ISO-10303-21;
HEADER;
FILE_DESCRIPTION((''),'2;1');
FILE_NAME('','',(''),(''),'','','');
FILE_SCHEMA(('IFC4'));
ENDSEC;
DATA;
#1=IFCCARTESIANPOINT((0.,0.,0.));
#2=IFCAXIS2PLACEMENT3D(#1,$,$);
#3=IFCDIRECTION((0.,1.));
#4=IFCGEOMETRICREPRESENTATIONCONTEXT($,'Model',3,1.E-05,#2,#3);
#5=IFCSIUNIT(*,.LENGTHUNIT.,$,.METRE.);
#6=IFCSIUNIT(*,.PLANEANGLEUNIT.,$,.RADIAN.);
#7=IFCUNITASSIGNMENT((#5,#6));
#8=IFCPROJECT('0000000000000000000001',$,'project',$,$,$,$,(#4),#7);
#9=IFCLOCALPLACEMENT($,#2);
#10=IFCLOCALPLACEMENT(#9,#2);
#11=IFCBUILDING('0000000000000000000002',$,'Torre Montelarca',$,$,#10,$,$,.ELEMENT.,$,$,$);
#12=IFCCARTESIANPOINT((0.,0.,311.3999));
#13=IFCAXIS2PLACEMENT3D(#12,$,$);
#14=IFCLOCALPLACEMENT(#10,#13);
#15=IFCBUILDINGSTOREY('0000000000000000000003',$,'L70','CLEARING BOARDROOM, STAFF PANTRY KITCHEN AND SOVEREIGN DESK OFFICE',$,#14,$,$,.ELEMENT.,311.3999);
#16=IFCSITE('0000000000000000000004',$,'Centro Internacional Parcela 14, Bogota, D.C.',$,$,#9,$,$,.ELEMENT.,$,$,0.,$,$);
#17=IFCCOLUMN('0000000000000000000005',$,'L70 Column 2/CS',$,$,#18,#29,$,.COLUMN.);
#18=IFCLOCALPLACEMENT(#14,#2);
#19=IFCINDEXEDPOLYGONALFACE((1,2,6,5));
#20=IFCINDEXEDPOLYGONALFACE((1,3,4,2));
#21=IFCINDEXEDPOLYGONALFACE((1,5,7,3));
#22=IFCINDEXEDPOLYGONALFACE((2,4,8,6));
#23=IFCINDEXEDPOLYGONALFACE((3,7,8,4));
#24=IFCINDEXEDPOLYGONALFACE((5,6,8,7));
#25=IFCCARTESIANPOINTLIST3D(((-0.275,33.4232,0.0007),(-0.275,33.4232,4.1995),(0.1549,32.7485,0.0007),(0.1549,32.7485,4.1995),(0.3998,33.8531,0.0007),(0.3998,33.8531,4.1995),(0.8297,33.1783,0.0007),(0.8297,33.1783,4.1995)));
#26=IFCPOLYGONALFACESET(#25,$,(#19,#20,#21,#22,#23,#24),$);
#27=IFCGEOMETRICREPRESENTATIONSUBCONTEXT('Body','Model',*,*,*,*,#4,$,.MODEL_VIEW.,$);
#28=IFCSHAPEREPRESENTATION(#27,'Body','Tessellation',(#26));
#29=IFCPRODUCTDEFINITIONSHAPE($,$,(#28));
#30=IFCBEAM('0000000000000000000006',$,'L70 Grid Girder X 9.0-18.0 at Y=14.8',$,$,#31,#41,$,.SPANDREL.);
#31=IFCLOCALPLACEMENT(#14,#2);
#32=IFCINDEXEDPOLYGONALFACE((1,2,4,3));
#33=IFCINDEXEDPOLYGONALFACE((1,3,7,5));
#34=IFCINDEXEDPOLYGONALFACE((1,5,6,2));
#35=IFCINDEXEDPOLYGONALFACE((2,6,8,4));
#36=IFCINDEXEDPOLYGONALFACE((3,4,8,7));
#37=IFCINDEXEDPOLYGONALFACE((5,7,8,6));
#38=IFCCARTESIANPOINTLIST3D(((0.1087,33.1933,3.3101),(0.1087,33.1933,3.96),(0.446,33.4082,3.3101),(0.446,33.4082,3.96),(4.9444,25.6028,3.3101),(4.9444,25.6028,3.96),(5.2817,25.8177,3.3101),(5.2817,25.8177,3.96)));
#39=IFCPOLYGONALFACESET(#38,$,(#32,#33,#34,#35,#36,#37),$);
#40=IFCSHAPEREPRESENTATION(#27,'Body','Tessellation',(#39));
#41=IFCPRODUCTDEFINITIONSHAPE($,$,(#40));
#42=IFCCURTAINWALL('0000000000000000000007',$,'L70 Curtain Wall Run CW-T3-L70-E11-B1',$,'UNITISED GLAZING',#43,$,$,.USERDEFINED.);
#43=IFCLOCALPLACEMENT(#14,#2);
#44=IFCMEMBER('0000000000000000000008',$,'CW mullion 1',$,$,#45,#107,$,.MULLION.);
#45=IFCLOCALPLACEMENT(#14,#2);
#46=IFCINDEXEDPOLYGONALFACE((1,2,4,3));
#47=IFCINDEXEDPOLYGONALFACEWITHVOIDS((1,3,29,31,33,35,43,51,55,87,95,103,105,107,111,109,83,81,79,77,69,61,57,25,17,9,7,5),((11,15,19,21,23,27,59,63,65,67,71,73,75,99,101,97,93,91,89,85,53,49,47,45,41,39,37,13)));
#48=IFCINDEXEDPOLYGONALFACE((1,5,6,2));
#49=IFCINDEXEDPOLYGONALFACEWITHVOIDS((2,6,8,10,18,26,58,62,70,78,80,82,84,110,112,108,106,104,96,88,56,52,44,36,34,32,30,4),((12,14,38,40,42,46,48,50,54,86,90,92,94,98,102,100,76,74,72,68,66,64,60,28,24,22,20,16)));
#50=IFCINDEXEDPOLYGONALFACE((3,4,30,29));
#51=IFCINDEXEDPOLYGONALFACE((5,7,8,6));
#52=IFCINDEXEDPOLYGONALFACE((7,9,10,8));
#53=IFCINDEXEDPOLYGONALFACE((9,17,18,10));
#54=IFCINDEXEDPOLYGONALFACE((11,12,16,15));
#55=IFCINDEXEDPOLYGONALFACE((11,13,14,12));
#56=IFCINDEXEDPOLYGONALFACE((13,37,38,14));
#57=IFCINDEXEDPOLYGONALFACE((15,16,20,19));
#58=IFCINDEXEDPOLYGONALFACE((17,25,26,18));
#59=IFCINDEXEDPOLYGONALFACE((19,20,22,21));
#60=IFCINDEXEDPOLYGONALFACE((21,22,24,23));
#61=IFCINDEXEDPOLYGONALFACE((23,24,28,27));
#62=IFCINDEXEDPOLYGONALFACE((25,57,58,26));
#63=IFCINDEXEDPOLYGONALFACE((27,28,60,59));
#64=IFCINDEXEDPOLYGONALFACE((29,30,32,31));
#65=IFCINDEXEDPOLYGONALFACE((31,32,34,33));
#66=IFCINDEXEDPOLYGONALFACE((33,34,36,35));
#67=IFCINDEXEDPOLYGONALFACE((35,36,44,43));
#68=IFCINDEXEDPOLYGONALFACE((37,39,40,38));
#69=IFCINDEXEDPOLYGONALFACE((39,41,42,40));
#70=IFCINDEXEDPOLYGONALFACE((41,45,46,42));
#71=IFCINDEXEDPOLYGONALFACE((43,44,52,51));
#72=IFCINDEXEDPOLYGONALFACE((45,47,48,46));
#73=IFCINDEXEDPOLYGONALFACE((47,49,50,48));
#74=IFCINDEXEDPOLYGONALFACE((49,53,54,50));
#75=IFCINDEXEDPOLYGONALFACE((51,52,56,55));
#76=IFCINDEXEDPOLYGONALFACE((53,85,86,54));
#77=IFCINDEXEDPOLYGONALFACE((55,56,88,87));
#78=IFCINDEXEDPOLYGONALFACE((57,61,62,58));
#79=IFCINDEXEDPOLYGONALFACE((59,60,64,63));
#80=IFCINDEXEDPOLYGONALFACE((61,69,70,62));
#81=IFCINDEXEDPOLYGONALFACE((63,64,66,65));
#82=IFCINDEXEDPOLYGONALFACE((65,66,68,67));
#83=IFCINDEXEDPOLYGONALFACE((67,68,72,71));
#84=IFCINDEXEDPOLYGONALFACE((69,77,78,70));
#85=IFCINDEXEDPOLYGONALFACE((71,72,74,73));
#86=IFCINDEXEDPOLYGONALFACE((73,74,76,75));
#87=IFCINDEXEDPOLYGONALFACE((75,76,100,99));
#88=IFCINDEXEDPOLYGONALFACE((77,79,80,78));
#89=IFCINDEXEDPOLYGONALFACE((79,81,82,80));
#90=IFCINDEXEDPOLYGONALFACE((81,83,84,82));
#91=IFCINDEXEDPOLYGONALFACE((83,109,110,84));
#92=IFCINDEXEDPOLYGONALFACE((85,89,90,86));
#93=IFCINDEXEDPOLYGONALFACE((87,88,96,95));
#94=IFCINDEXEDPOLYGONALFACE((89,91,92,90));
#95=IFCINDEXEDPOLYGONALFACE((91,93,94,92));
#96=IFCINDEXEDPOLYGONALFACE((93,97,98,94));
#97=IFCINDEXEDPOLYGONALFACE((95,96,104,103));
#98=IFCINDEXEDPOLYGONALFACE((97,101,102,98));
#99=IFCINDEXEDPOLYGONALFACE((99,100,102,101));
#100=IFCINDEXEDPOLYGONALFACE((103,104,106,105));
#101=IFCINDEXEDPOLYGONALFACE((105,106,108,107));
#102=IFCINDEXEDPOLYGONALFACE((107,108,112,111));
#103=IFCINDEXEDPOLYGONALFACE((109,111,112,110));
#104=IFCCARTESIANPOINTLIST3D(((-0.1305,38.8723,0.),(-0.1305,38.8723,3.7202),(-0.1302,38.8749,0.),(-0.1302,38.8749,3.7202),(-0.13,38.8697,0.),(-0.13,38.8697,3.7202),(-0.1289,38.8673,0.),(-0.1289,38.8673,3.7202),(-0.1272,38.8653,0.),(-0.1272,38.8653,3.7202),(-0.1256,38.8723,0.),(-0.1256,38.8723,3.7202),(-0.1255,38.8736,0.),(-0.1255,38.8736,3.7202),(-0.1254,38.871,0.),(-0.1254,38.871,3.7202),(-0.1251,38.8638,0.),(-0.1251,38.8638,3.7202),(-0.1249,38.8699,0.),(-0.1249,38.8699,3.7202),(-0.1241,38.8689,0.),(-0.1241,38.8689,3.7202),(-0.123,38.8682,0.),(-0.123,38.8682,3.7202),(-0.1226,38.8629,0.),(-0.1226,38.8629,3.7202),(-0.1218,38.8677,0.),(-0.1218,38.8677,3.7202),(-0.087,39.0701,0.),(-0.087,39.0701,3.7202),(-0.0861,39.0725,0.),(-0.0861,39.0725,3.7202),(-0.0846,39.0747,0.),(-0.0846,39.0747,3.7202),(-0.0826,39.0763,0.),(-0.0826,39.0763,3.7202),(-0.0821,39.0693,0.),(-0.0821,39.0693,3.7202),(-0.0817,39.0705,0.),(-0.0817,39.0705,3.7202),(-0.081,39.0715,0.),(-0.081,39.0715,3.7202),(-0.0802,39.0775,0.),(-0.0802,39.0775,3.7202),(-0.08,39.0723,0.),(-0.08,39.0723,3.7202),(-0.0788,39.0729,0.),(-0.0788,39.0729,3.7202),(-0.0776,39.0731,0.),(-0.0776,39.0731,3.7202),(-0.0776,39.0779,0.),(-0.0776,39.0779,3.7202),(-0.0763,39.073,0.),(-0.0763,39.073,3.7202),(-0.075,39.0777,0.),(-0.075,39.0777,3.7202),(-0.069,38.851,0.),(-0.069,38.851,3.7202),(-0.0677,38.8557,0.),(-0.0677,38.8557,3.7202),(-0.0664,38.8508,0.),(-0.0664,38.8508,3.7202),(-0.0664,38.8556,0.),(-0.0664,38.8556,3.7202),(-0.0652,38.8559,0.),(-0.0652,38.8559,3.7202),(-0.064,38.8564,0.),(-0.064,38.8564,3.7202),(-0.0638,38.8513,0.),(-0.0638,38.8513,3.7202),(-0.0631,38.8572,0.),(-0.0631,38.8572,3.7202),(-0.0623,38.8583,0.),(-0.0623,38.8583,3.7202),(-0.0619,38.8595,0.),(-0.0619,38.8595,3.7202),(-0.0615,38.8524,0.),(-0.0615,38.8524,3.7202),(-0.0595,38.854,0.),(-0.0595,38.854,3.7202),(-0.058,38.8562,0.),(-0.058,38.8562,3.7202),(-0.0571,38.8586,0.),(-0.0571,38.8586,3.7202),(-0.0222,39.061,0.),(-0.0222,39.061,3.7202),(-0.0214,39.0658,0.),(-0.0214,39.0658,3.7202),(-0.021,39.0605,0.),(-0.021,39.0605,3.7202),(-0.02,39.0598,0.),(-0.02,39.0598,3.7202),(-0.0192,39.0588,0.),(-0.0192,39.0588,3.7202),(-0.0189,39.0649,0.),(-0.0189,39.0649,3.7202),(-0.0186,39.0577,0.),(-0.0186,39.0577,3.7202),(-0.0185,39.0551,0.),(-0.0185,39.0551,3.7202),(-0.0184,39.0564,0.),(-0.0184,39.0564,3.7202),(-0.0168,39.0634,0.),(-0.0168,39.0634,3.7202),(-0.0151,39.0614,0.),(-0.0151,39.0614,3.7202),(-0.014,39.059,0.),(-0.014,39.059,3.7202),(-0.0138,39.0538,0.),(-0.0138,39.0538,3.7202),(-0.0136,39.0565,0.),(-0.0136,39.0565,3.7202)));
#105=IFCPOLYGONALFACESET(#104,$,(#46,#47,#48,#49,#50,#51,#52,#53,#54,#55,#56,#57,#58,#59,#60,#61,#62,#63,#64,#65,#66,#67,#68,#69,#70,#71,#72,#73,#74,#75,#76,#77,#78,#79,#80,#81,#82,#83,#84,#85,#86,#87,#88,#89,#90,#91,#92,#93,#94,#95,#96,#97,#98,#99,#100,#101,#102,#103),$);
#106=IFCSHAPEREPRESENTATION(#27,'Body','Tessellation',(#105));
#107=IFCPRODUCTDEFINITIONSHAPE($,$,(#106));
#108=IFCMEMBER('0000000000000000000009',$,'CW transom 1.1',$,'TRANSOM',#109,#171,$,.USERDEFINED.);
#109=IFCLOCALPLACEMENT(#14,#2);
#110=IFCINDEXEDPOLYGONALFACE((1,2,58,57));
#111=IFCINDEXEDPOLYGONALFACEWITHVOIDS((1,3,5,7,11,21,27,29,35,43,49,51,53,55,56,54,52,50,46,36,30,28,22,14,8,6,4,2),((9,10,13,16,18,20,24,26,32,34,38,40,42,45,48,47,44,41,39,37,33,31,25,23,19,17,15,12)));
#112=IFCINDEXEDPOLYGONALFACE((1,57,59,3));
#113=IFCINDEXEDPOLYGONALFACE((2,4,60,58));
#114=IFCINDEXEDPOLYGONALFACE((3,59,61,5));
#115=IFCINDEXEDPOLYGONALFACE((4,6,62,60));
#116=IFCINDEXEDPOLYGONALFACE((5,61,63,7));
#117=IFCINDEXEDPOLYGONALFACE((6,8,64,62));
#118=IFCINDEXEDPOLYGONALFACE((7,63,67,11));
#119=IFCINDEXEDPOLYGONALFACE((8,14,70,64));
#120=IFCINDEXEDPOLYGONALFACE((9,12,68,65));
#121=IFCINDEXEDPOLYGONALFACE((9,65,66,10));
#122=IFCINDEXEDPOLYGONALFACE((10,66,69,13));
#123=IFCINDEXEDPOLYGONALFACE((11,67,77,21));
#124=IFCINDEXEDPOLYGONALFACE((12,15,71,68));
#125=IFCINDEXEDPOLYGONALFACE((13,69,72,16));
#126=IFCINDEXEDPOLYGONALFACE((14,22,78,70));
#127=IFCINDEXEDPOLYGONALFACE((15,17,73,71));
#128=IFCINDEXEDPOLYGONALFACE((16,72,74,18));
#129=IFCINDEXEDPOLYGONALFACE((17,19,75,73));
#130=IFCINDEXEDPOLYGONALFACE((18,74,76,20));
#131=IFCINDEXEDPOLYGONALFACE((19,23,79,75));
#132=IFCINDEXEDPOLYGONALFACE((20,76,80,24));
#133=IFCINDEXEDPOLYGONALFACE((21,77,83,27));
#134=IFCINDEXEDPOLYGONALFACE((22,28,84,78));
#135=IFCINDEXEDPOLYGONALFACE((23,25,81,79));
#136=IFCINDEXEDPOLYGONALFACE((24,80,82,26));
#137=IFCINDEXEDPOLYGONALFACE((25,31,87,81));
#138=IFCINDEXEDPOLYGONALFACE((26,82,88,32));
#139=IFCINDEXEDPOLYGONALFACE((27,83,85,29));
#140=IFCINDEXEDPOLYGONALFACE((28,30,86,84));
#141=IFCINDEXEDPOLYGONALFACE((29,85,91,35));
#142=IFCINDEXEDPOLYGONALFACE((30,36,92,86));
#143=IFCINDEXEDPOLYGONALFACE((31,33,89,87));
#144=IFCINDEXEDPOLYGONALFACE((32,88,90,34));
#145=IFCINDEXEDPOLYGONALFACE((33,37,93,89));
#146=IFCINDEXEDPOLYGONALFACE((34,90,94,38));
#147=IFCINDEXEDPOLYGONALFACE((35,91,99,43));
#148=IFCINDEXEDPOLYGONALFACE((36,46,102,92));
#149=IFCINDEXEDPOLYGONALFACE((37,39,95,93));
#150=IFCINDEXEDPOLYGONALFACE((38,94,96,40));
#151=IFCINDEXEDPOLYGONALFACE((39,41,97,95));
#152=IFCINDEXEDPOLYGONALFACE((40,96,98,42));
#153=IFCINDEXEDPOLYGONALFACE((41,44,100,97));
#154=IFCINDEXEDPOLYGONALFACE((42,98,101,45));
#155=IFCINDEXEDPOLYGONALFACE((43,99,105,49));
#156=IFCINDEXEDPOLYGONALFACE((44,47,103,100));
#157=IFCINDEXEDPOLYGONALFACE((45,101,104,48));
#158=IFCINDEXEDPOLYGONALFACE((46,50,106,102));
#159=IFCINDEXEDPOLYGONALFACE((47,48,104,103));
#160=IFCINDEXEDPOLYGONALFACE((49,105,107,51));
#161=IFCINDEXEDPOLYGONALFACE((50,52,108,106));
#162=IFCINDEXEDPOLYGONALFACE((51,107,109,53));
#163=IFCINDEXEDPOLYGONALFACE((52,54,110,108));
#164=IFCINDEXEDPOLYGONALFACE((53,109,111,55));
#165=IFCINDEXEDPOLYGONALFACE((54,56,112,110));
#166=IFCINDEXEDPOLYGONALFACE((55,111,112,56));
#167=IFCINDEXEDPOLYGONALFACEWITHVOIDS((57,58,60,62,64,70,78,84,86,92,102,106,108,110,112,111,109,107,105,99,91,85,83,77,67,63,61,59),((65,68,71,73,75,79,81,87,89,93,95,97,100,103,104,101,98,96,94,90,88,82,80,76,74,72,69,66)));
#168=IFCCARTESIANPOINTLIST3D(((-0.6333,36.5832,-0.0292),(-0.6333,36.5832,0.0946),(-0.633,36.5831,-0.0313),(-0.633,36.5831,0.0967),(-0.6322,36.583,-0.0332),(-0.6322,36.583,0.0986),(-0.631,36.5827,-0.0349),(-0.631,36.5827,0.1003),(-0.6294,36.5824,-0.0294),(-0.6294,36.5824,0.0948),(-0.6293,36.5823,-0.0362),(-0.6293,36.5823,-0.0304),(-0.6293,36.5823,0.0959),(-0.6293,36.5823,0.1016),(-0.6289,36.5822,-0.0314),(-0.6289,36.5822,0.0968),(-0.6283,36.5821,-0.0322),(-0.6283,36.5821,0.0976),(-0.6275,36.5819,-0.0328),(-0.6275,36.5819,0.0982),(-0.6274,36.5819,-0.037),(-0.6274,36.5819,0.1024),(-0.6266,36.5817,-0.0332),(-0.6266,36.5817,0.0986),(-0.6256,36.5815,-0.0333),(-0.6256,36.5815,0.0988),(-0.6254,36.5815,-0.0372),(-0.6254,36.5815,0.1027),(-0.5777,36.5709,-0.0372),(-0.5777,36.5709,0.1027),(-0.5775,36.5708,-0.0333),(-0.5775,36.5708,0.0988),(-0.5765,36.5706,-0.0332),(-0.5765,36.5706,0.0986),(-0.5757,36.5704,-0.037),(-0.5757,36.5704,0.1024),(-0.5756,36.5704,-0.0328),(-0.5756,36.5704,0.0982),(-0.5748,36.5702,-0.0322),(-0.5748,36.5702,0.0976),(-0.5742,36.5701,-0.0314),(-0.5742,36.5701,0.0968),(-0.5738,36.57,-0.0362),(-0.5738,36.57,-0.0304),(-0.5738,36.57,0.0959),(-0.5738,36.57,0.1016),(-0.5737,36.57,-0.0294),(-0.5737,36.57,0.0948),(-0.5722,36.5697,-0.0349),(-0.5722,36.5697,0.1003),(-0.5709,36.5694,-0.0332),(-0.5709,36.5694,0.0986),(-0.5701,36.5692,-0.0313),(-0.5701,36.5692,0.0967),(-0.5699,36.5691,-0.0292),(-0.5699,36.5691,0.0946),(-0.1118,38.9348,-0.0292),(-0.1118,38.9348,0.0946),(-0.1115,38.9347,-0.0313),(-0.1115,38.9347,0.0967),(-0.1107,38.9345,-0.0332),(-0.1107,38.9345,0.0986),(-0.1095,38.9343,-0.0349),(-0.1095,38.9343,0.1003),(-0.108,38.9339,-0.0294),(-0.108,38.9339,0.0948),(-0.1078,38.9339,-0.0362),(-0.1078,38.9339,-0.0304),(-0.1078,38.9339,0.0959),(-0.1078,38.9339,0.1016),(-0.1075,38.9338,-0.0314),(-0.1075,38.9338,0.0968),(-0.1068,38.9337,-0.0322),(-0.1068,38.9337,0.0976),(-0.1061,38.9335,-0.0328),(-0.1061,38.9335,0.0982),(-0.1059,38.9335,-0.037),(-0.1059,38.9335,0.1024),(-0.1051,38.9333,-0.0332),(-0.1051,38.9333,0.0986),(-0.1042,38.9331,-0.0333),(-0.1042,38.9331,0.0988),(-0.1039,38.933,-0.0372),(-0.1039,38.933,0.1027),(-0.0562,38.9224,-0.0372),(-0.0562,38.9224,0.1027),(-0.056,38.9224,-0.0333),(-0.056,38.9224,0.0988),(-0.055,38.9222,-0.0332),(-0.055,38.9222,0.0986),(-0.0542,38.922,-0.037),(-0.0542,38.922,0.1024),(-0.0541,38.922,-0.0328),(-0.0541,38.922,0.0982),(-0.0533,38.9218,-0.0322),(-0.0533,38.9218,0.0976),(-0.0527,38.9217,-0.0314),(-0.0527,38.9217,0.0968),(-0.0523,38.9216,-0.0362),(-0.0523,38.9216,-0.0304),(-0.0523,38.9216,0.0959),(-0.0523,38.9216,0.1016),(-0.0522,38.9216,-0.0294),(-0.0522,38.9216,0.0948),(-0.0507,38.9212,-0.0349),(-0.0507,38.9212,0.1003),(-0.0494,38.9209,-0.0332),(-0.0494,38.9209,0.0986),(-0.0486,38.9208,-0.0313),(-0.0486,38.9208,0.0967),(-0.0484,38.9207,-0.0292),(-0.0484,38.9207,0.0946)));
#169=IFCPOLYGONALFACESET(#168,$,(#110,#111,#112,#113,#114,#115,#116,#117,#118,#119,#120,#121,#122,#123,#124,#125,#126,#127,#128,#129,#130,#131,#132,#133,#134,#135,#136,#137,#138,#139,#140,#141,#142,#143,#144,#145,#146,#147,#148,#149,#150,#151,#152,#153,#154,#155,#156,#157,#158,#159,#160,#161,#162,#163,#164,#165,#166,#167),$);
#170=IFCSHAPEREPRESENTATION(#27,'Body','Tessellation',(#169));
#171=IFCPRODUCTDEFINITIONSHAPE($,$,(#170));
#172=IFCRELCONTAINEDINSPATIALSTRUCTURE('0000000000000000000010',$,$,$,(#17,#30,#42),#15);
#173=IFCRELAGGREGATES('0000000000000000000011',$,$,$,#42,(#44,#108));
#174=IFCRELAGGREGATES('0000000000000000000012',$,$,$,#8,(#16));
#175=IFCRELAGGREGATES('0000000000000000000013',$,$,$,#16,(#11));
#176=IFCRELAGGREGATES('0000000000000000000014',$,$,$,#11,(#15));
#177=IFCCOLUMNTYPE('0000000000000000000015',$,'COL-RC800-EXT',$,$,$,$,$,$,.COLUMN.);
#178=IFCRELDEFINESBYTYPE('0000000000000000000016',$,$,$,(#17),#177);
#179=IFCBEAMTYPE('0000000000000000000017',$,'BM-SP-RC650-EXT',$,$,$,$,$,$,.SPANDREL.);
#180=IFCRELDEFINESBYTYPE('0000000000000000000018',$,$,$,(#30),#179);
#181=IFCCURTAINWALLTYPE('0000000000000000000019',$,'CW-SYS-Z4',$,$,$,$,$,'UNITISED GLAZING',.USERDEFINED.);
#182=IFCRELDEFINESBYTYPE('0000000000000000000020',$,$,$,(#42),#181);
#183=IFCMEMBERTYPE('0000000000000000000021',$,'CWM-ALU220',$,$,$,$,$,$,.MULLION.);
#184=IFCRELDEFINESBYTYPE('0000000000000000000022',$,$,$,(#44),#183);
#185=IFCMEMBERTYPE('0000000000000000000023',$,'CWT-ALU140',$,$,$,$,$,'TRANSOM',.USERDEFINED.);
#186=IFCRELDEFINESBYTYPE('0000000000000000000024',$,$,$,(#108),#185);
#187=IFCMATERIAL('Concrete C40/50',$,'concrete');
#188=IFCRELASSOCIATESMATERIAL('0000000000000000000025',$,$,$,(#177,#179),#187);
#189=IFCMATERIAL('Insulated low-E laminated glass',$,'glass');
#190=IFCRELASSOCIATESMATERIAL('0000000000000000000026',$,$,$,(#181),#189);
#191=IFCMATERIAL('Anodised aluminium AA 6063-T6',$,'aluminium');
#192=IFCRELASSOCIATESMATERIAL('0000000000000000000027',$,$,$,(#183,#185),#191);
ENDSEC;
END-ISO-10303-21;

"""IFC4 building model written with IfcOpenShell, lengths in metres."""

from ifc_helpers import new_model, si_unit, direction, frame, origin, origin_2d, place, context, subcontext, project, spatial, rectangle, hollow_rectangle, extrude, source, transform, mapped, material, material_profile, profile_set, type_object, element, aggregate, save


model = new_model("IFC4")

# Units and contexts
model_context = context("Model", 3, precision=1e-05, world=origin(), true_north=direction((0.0, 1.0)))
body_context = subcontext(model_context, "Body", "Model", "MODEL_VIEW")
ifc_project = project(units=[si_unit("LENGTHUNIT", "METRE"), si_unit("PLANEANGLEUNIT", "RADIAN")], contexts=[model_context])

# Site, building, storey
site_placement = place(None, origin())
site = spatial("IfcSite", under=ifc_project, at=site_placement, Name="Centro Internacional Parcela 14, Bogota, D.C.", CompositionType="ELEMENT", RefElevation=0.0)
building_placement = place(site_placement, origin())
building = spatial("IfcBuilding", under=site, at=building_placement, Name="Torre Montelarca", CompositionType="ELEMENT")
storey_placement = place(building_placement, frame((0.0, 0.0, 311.3999)))
storey = spatial("IfcBuildingStorey", under=building, at=storey_placement, Name="L70", Description="CLEARING BOARDROOM, STAFF PANTRY KITCHEN AND SOVEREIGN DESK OFFICE", CompositionType="ELEMENT", Elevation=311.3999)

# Column
ifc_material_1 = material(Name="Concrete C40/50", Category="concrete")
ifc_material_profile_1 = material_profile(ifc_material_1, rectangle(XDim=0.8, YDim=0.8, at=origin_2d()), Name="RC800X800", Category="concrete")
ifc_profile_set_1 = profile_set([ifc_material_profile_1], Name="Concrete C40/50")
column_type = type_object("IfcColumnType", Name="COL-RC800-EXT", PredefinedType="COLUMN", material=ifc_profile_set_1)
shared_shape_1 = source(origin(), body_context, "Body", "SweptSolid", [
    extrude(rectangle(XDim=0.8, YDim=0.8, at=origin_2d()), origin(), (0.0, 0.0, 1.0), 4.1987),
])
column_placement = place(storey_placement, frame((0.2773, 33.3008, 0.0007), z_axis=(0.0, 0.0, 1.0), x_axis=(-0.5373, 0.843391, 0.0)))
element("IfcColumn", 1, at=column_placement, inside=storey, type_object=column_type, Name="L70 Column 2/CS", PredefinedType="COLUMN", context=body_context, shape_type="MappedRepresentation", body=[
    mapped(shared_shape_1, transform((0.0, 0.0, 0.0), scale=1.0)),
])

# Beam
ifc_material_profile_2 = material_profile(ifc_material_1, rectangle(XDim=0.3999, YDim=0.6499, at=origin_2d()), Name="RCB400X650", Category="concrete")
ifc_profile_set_2 = profile_set([ifc_material_profile_2], Name="Concrete C40/50")
beam_type = type_object("IfcBeamType", Name="BM-SP-RC650-EXT", PredefinedType="SPANDREL", material=ifc_profile_set_2)
shared_shape_2 = source(origin(), body_context, "Body", "SweptSolid", [
    extrude(rectangle(XDim=0.3999, YDim=0.6499, at=origin_2d()), origin(), (0.0, 0.0, 1.0), 9.0),
])
beam_placement = place(storey_placement, frame((0.2773, 33.3008, 3.635), z_axis=(0.537297, -0.843393, 0.0), x_axis=(0.843393, 0.537297, 0.0)))
element("IfcBeam", 2, at=beam_placement, inside=storey, type_object=beam_type, Name="L70 Grid Girder X 9.0-18.0 at Y=14.8", PredefinedType="SPANDREL", context=body_context, shape_type="MappedRepresentation", body=[
    mapped(shared_shape_2, transform((0.0, 0.0, 0.0), scale=1.0)),
])

# Curtain wall, members
ifc_material_2 = material(Name="Insulated low-E laminated glass", Category="glass")
curtain_wall_type = type_object("IfcCurtainWallType", Name="CW-SYS-Z4", ElementType="UNITISED GLAZING", PredefinedType="USERDEFINED", material=ifc_material_2)
curtain_wall_placement = place(storey_placement, origin())
curtain_wall = element("IfcCurtainWall", 3, at=curtain_wall_placement, inside=storey, type_object=curtain_wall_type, Name="L70 Curtain Wall Run CW-T3-L70-E11-B1", ObjectType="UNITISED GLAZING", PredefinedType="USERDEFINED")
ifc_material_3 = material(Name="Anodised aluminium AA 6063-T6", Category="aluminium")
ifc_material_profile_3 = material_profile(ifc_material_3, hollow_rectangle(XDim=0.075, YDim=0.22, WallThickness=0.0049, InnerFilletRadius=0.0049, OuterFilletRadius=0.01, at=origin_2d()), Name="ALU75X220X5", Category="aluminium")
ifc_profile_set_3 = profile_set([ifc_material_profile_3], Name="Anodised aluminium AA 6063-T6")
member_type_1 = type_object("IfcMemberType", Name="CWM-ALU220", PredefinedType="MULLION", material=ifc_profile_set_3)
shared_shape_3 = source(origin(), body_context, "Body", "SweptSolid", [
    extrude(hollow_rectangle(XDim=0.075, YDim=0.22, WallThickness=0.0049, InnerFilletRadius=0.0049, OuterFilletRadius=0.01, at=origin_2d()), origin(), (0.0, 0.0, 1.0), 3.7202),
])
member_1_placement = place(storey_placement, frame((-0.072, 38.9644, 0.0), z_axis=(0.0, 0.0, 1.0), x_axis=(0.976291, -0.216462, 0.0)))
member_1 = element("IfcMember", 4, at=member_1_placement, type_object=member_type_1, Name="CW mullion 1", PredefinedType="MULLION", context=body_context, shape_type="MappedRepresentation", body=[
    mapped(shared_shape_3, transform((0.0, 0.0, 0.0), scale=1.0)),
])
ifc_material_profile_4 = material_profile(ifc_material_3, hollow_rectangle(XDim=0.0649, YDim=0.1399, WallThickness=0.0039, InnerFilletRadius=0.0039, OuterFilletRadius=0.0081, at=origin_2d()), Name="ALU65X140X4", Category="aluminium")
ifc_profile_set_4 = profile_set([ifc_material_profile_4], Name="Anodised aluminium AA 6063-T6")
member_type_2 = type_object("IfcMemberType", Name="CWT-ALU140", ElementType="TRANSOM", PredefinedType="USERDEFINED", material=ifc_profile_set_4)
shared_shape_4 = source(origin(), body_context, "Body", "SweptSolid", [
    extrude(hollow_rectangle(XDim=0.0649, YDim=0.1399, WallThickness=0.0039, InnerFilletRadius=0.0039, OuterFilletRadius=0.0081, at=origin_2d()), origin(), (0.0, 0.0, 1.0), 2.4087),
])
member_2_placement = place(storey_placement, frame((-0.0801, 38.9277, 0.0327), z_axis=(-0.216501, -0.976282, 0.0), x_axis=(0.976282, -0.216501, 0.0)))
member_2 = element("IfcMember", 5, at=member_2_placement, type_object=member_type_2, Name="CW transom 1.1", ObjectType="TRANSOM", PredefinedType="USERDEFINED", context=body_context, shape_type="MappedRepresentation", body=[
    mapped(shared_shape_4, transform((0.0, 0.0, 0.0), scale=1.0)),
])
aggregate(curtain_wall, [member_1, member_2])

save(model, "model.ifc")
